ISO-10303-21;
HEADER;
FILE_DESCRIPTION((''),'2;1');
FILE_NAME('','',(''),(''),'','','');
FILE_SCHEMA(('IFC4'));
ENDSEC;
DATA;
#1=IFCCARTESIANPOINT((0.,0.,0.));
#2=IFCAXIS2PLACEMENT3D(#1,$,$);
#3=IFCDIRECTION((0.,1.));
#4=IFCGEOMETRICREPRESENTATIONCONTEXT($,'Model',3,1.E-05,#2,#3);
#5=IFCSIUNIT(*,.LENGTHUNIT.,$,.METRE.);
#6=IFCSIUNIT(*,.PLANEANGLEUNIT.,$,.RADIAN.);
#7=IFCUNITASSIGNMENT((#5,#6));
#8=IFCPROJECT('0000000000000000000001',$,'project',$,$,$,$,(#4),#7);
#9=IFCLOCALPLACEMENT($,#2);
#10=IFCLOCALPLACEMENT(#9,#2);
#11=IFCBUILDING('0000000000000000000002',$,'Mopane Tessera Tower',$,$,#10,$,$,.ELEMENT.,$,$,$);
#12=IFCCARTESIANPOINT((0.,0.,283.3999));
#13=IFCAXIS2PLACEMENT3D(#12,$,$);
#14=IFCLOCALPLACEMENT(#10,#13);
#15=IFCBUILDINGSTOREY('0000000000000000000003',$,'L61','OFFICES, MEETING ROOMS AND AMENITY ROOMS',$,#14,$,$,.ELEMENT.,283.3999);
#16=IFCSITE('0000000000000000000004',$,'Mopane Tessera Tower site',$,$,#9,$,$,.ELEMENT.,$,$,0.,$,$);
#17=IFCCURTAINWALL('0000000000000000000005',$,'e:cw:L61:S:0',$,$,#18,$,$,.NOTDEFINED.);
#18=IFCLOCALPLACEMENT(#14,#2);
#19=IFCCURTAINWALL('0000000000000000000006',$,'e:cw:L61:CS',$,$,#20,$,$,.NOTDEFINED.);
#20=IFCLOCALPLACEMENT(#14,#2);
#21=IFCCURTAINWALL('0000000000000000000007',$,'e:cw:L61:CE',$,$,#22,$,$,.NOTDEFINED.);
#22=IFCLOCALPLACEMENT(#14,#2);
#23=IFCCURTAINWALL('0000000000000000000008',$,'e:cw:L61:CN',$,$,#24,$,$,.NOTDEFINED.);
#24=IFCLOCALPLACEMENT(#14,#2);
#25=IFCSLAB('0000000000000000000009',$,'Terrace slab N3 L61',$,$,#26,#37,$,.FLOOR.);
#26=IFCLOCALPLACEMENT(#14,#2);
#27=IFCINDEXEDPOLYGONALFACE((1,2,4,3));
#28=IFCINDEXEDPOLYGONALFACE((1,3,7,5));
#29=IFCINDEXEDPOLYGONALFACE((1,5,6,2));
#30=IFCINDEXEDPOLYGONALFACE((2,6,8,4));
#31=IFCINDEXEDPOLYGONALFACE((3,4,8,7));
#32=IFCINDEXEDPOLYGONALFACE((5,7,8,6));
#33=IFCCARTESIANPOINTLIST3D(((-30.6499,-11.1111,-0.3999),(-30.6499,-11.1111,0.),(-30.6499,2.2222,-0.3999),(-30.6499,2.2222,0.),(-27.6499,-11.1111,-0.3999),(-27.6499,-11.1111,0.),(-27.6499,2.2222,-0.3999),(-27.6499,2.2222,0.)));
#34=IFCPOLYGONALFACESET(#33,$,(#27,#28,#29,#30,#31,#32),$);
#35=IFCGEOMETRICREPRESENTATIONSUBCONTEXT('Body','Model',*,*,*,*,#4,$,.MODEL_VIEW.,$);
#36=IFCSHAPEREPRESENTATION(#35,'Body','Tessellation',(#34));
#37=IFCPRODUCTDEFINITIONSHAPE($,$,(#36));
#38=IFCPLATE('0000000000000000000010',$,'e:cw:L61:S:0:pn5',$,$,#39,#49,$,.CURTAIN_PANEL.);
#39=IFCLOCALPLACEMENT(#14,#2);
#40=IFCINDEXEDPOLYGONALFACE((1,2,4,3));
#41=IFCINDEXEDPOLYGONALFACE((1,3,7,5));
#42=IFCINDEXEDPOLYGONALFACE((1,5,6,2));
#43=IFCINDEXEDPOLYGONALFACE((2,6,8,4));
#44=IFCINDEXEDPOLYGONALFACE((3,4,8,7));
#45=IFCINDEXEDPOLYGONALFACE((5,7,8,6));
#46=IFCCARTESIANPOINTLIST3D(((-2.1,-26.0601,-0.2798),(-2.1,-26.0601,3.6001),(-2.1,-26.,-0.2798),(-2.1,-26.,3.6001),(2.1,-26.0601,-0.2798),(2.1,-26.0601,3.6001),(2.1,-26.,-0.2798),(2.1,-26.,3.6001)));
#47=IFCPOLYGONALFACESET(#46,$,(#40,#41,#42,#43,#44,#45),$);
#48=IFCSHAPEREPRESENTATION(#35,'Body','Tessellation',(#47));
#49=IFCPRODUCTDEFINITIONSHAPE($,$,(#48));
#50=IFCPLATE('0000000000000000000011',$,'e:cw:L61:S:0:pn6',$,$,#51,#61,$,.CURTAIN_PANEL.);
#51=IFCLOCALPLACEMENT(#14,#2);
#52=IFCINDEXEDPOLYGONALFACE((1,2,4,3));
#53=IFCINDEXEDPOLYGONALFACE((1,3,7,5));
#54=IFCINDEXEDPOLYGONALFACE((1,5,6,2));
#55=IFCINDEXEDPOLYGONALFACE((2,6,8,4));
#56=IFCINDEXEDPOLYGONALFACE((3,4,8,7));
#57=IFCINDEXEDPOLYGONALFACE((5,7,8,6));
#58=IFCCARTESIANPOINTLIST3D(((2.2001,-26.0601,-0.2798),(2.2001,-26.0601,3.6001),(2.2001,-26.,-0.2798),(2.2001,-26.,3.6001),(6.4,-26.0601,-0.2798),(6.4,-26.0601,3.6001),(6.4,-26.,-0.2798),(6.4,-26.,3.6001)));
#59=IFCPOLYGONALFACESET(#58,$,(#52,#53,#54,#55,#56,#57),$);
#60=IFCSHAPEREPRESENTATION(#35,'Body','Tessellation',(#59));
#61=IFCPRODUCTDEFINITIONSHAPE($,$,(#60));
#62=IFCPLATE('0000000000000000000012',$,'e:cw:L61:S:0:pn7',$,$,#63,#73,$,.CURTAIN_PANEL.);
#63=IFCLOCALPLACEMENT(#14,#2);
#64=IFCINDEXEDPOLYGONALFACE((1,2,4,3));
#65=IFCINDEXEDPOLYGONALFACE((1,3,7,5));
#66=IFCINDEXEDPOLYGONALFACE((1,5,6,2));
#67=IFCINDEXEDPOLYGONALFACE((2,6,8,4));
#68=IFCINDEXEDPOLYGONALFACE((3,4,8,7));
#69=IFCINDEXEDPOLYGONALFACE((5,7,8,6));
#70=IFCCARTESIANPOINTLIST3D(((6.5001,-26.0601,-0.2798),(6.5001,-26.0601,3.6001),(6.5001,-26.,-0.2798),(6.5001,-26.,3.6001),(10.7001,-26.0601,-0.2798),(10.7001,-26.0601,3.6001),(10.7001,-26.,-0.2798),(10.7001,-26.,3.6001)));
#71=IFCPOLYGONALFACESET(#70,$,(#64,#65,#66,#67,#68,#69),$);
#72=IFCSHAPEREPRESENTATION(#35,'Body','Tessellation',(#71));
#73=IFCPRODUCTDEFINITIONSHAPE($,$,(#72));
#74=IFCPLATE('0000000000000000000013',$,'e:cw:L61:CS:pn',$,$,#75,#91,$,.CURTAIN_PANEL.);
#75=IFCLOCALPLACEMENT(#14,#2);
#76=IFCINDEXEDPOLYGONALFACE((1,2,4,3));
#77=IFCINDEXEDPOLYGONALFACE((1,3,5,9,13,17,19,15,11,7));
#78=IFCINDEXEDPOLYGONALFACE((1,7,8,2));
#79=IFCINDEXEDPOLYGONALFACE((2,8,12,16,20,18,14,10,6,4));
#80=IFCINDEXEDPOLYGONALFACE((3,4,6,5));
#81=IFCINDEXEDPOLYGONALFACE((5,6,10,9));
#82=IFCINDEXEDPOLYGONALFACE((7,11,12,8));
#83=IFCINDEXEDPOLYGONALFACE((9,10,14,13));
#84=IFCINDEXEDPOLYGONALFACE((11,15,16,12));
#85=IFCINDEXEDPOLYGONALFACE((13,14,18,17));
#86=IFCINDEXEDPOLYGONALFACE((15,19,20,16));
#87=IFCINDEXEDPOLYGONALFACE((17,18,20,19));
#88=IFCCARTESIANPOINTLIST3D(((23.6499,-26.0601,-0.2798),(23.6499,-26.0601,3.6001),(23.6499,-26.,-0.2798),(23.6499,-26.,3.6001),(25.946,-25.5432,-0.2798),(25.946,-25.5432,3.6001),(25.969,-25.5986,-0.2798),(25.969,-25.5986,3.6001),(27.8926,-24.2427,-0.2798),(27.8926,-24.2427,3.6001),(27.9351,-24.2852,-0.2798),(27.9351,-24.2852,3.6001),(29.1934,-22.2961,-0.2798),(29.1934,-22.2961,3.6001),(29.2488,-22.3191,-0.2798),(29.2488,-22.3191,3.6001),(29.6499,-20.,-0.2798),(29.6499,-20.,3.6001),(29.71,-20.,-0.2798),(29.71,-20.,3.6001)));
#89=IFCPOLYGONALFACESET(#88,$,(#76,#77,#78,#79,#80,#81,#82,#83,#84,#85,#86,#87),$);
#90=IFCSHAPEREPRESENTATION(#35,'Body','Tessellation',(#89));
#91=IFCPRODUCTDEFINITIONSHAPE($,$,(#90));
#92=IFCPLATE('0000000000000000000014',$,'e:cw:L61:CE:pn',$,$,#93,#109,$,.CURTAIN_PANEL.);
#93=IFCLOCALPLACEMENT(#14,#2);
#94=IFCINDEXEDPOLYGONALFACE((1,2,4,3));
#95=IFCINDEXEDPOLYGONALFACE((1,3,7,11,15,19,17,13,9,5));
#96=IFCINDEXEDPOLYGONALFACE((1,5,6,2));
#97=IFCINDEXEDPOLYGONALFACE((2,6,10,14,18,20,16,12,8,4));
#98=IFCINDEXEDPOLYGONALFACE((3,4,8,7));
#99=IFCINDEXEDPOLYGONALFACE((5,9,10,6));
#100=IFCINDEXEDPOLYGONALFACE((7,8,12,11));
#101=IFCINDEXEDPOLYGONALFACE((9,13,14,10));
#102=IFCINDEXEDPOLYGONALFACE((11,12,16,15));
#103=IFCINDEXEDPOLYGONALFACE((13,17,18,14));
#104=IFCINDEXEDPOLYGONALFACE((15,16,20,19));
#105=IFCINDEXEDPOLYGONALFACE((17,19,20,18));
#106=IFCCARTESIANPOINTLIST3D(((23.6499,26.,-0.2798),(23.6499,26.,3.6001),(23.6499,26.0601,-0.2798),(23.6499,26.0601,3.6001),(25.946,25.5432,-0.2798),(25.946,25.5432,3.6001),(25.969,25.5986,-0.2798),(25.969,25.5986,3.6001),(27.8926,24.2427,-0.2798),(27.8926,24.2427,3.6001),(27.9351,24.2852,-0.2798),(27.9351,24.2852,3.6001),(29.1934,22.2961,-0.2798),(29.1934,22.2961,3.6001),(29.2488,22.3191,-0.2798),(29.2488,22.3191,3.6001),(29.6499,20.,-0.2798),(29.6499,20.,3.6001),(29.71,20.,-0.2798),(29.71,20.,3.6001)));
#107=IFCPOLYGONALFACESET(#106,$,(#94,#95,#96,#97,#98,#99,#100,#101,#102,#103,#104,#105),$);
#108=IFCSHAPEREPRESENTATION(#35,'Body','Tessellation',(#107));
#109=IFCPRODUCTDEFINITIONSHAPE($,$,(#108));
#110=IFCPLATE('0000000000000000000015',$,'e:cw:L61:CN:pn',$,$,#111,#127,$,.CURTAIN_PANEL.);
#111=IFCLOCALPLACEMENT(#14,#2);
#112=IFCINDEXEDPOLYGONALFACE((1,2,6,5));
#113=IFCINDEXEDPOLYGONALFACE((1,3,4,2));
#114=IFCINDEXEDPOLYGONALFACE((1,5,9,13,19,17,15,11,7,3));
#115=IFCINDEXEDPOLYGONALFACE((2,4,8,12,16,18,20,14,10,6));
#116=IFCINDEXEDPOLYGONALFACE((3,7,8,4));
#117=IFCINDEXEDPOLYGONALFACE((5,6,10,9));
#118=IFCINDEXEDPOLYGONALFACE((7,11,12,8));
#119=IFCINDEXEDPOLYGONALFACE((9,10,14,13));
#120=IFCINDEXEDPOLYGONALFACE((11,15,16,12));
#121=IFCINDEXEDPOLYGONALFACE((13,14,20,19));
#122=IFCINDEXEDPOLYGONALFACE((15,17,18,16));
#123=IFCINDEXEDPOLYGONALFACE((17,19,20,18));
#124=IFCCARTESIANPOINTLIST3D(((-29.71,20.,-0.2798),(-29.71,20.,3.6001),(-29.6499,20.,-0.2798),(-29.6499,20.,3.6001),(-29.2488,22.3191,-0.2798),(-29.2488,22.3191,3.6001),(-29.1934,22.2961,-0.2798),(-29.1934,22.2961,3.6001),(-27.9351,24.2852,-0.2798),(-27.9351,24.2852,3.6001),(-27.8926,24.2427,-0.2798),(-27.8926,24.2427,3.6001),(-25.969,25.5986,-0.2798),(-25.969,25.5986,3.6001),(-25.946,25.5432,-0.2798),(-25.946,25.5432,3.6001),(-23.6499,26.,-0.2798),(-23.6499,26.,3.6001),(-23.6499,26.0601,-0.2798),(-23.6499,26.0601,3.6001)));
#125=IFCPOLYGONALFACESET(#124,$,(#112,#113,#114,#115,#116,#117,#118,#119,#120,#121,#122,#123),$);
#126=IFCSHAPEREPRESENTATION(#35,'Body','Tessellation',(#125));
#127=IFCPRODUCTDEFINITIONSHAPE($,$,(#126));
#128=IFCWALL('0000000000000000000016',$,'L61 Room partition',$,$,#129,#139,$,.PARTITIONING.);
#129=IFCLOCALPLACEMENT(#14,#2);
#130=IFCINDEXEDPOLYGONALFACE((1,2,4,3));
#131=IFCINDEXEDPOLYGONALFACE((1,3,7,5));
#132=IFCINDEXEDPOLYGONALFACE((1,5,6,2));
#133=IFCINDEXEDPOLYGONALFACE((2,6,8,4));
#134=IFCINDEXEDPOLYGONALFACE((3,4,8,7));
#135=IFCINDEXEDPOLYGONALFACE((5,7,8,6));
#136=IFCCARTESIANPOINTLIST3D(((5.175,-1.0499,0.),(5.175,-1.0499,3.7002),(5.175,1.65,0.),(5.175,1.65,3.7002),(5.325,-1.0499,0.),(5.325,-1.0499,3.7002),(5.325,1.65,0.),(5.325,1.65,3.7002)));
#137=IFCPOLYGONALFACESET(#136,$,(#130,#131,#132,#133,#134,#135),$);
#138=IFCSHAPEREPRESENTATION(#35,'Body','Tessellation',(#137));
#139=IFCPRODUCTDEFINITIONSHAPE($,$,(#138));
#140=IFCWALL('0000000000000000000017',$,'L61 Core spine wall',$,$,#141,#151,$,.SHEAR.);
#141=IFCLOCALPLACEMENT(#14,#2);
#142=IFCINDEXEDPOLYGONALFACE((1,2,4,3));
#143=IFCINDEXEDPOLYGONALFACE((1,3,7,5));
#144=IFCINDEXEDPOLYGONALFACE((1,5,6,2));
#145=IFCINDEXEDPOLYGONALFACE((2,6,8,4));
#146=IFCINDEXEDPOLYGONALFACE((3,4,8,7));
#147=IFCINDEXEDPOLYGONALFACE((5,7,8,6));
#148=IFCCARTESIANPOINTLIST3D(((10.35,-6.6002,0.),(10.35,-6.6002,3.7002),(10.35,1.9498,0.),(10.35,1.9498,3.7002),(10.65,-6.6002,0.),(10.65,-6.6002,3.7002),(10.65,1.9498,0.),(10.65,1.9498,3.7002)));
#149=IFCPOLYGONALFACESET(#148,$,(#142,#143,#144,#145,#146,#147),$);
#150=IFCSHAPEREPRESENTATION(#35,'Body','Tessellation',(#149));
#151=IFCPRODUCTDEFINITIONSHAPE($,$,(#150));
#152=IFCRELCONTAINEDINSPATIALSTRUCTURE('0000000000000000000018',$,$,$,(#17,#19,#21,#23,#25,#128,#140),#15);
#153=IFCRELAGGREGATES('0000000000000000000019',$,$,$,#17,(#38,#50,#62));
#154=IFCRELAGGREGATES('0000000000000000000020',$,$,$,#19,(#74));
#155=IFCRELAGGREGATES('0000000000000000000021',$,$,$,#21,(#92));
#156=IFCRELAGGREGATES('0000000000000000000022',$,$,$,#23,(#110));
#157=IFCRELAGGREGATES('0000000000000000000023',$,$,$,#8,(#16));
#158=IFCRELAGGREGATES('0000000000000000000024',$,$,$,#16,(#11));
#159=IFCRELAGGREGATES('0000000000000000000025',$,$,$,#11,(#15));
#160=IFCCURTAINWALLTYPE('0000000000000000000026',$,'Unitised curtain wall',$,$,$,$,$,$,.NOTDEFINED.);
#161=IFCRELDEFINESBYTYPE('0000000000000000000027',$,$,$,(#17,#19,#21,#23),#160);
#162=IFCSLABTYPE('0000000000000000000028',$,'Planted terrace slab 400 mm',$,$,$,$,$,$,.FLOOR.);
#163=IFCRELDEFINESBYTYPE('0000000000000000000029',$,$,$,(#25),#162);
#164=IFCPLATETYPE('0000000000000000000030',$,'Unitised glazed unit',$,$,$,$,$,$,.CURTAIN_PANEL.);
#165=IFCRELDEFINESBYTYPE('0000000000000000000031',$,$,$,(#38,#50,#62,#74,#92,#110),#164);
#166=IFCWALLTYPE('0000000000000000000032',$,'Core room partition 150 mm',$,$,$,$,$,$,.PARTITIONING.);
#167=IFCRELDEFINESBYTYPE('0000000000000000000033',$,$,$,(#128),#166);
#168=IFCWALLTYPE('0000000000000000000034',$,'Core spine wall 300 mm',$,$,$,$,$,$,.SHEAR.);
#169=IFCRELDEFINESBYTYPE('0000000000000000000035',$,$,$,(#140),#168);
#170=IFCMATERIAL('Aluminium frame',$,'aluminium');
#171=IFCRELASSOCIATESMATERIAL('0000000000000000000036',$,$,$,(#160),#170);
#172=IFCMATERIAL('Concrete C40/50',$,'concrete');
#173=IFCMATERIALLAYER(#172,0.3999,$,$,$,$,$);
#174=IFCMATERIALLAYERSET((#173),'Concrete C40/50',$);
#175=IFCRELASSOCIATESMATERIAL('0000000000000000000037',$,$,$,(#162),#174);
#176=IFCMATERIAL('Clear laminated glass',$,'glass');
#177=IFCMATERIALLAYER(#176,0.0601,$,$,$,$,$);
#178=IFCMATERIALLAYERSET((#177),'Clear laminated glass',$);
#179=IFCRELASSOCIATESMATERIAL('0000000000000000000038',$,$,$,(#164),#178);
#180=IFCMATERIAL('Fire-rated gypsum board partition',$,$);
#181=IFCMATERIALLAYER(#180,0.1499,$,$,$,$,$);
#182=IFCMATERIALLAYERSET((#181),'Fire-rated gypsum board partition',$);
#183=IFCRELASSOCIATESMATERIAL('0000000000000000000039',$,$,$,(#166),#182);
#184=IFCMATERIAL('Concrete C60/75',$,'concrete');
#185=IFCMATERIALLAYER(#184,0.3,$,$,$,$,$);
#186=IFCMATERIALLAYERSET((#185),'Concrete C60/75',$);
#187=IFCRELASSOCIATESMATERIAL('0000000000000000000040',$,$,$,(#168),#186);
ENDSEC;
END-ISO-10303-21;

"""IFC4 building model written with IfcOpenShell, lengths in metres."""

from ifc_helpers import new_model, si_unit, direction, frame, frame_2d, origin, origin_2d, place, context, subcontext, project, spatial, polyline, rectangle, outline, extrude, material, layer, layer_set, type_object, element, aggregate, save


model = new_model("IFC4")

# Units and contexts
model_context = context("Model", 3, precision=1e-05, world=origin(), true_north=direction((0.0, 1.0)))
body_context = subcontext(model_context, "Body", "Model", "MODEL_VIEW")
ifc_project = project(units=[si_unit("LENGTHUNIT", "METRE"), si_unit("PLANEANGLEUNIT", "RADIAN")], contexts=[model_context])

# Site, building, storey
site_placement = place(None, origin())
site = spatial("IfcSite", under=ifc_project, at=site_placement, Name="Mopane Tessera Tower site", CompositionType="ELEMENT", RefElevation=0.0)
building_placement = place(site_placement, origin())
building = spatial("IfcBuilding", under=site, at=building_placement, Name="Mopane Tessera Tower", CompositionType="ELEMENT")
storey_placement = place(building_placement, frame((0.0, 0.0, 283.3999)))
storey = spatial("IfcBuildingStorey", under=building, at=storey_placement, Name="L61", Description="OFFICES, MEETING ROOMS AND AMENITY ROOMS", CompositionType="ELEMENT", Elevation=283.3999)

# Curtain wall
ifc_material_1 = material(Name="Aluminium frame", Category="aluminium")
curtain_wall_type = type_object("IfcCurtainWallType", Name="Unitised curtain wall", PredefinedType="NOTDEFINED", material=ifc_material_1)
curtain_wall_1_placement = place(storey_placement, origin())
curtain_wall_1 = element("IfcCurtainWall", 1, at=curtain_wall_1_placement, inside=storey, type_object=curtain_wall_type, Name="e:cw:L61:S:0", PredefinedType="NOTDEFINED")

# Curtain walls
curtain_wall_2_placement = place(storey_placement, origin())
curtain_wall_2 = element("IfcCurtainWall", 2, at=curtain_wall_2_placement, inside=storey, type_object=curtain_wall_type, Name="e:cw:L61:CS", PredefinedType="NOTDEFINED")
curtain_wall_3_placement = place(storey_placement, origin())
curtain_wall_3 = element("IfcCurtainWall", 3, at=curtain_wall_3_placement, inside=storey, type_object=curtain_wall_type, Name="e:cw:L61:CE", PredefinedType="NOTDEFINED")
curtain_wall_4_placement = place(storey_placement, origin())
curtain_wall_4 = element("IfcCurtainWall", 4, at=curtain_wall_4_placement, inside=storey, type_object=curtain_wall_type, Name="e:cw:L61:CN", PredefinedType="NOTDEFINED")

# Slab
ifc_material_2 = material(Name="Concrete C40/50", Category="concrete")
ifc_layer_1 = layer(ifc_material_2, 0.3999)
ifc_layer_set_1 = layer_set([ifc_layer_1], Name="Concrete C40/50")
slab_type = type_object("IfcSlabType", Name="Planted terrace slab 400 mm", PredefinedType="FLOOR", material=ifc_layer_set_1)
slab_placement = place(storey_placement, frame((0.0, 0.0, -0.3999)))
element("IfcSlab", 5, at=slab_placement, inside=storey, type_object=slab_type, Name="Terrace slab N3 L61", PredefinedType="FLOOR", context=body_context, shape_type="SweptSolid", body=[
    extrude(outline(polyline([(-30.6499, -11.1111), (-27.6499, -11.1111), (-27.6499, 2.2222), (-30.6499, 2.2222), (-30.6499, -11.1111)])), origin(), (0.0, 0.0, 1.0), 0.3999),
])

# Plates
ifc_material_3 = material(Name="Clear laminated glass", Category="glass")
ifc_layer_2 = layer(ifc_material_3, 0.0601)
ifc_layer_set_2 = layer_set([ifc_layer_2], Name="Clear laminated glass")
plate_type = type_object("IfcPlateType", Name="Unitised glazed unit", PredefinedType="CURTAIN_PANEL", material=ifc_layer_set_2)
plate_1_placement = place(storey_placement, frame((0.0, -26.03, -0.2798), z_axis=(0.0, 0.0, 1.0), x_axis=(1.0, 0.0, 0.0)))
plate_1 = element("IfcPlate", 6, at=plate_1_placement, type_object=plate_type, Name="e:cw:L61:S:0:pn5", PredefinedType="CURTAIN_PANEL", context=body_context, shape_type="SweptSolid", body=[
    extrude(rectangle(XDim=4.2, YDim=0.0601, at=origin_2d()), origin(), (0.0, 0.0, 1.0), 3.8799),
])
plate_2_placement = place(storey_placement, frame((4.3, -26.03, -0.2798), z_axis=(0.0, 0.0, 1.0), x_axis=(1.0, 0.0, 0.0)))
plate_2 = element("IfcPlate", 7, at=plate_2_placement, type_object=plate_type, Name="e:cw:L61:S:0:pn6", PredefinedType="CURTAIN_PANEL", context=body_context, shape_type="SweptSolid", body=[
    extrude(rectangle(XDim=4.2, YDim=0.0601, at=origin_2d()), origin(), (0.0, 0.0, 1.0), 3.8799),
])
plate_3_placement = place(storey_placement, frame((8.6001, -26.03, -0.2798), z_axis=(0.0, 0.0, 1.0), x_axis=(1.0, 0.0, 0.0)))
plate_3 = element("IfcPlate", 8, at=plate_3_placement, type_object=plate_type, Name="e:cw:L61:S:0:pn7", PredefinedType="CURTAIN_PANEL", context=body_context, shape_type="SweptSolid", body=[
    extrude(rectangle(XDim=4.2, YDim=0.0601, at=origin_2d()), origin(), (0.0, 0.0, 1.0), 3.8799),
])
aggregate(curtain_wall_1, [plate_1, plate_2, plate_3])
plate_4_placement = place(storey_placement, frame((0.0, 0.0, -0.2798)))
plate_4 = element("IfcPlate", 9, at=plate_4_placement, type_object=plate_type, Name="e:cw:L61:CS:pn", PredefinedType="CURTAIN_PANEL", context=body_context, shape_type="SweptSolid", body=[
    extrude(outline(polyline([(23.6499, -26.0), (25.946, -25.5432), (27.8926, -24.2427), (29.1934, -22.2961), (29.6499, -20.0), (29.71, -20.0), (29.2488, -22.3191), (27.9351, -24.2852), (25.969, -25.5986), (23.6499, -26.0601), (23.6499, -26.0)])), origin(), (0.0, 0.0, 1.0), 3.8799),
])
aggregate(curtain_wall_2, [plate_4])
plate_5_placement = place(storey_placement, frame((0.0, 0.0, -0.2798)))
plate_5 = element("IfcPlate", 10, at=plate_5_placement, type_object=plate_type, Name="e:cw:L61:CE:pn", PredefinedType="CURTAIN_PANEL", context=body_context, shape_type="SweptSolid", body=[
    extrude(outline(polyline([(29.6499, 20.0), (29.1934, 22.2961), (27.8926, 24.2427), (25.946, 25.5432), (23.6499, 26.0), (23.6499, 26.0601), (25.969, 25.5986), (27.9351, 24.2852), (29.2488, 22.3191), (29.71, 20.0), (29.6499, 20.0)])), origin(), (0.0, 0.0, 1.0), 3.8799),
])
aggregate(curtain_wall_3, [plate_5])
plate_6_placement = place(storey_placement, frame((0.0, 0.0, -0.2798)))
plate_6 = element("IfcPlate", 11, at=plate_6_placement, type_object=plate_type, Name="e:cw:L61:CN:pn", PredefinedType="CURTAIN_PANEL", context=body_context, shape_type="SweptSolid", body=[
    extrude(outline(polyline([(-23.6499, 26.0), (-25.946, 25.5432), (-27.8926, 24.2427), (-29.1934, 22.2961), (-29.6499, 20.0), (-29.71, 20.0), (-29.2488, 22.3191), (-27.9351, 24.2852), (-25.969, 25.5986), (-23.6499, 26.0601), (-23.6499, 26.0)])), origin(), (0.0, 0.0, 1.0), 3.8799),
])
aggregate(curtain_wall_4, [plate_6])

# Walls
ifc_material_4 = material(Name="Fire-rated gypsum board partition")
ifc_layer_3 = layer(ifc_material_4, 0.1499)
ifc_layer_set_3 = layer_set([ifc_layer_3], Name="Fire-rated gypsum board partition")
wall_type_1 = type_object("IfcWallType", Name="Core room partition 150 mm", PredefinedType="PARTITIONING", material=ifc_layer_set_3)
wall_1_placement = place(storey_placement, frame((5.25, -1.05, 0.0), z_axis=(0.0, 0.0, 1.0), x_axis=(0.0, 1.0, 0.0)))
element("IfcWall", 12, at=wall_1_placement, inside=storey, type_object=wall_type_1, Name="L61 Room partition", PredefinedType="PARTITIONING", context=body_context, shape_type="SweptSolid", body=[
    extrude(rectangle(XDim=2.7, YDim=0.1499, at=frame_2d((1.3501, 0.0))), origin(), (0.0, 0.0, 1.0), 3.7002),
])
ifc_material_5 = material(Name="Concrete C60/75", Category="concrete")
ifc_layer_4 = layer(ifc_material_5, 0.3)
ifc_layer_set_4 = layer_set([ifc_layer_4], Name="Concrete C60/75")
wall_type_2 = type_object("IfcWallType", Name="Core spine wall 300 mm", PredefinedType="SHEAR", material=ifc_layer_set_4)
wall_2_placement = place(storey_placement, frame((10.5, -6.6001, 0.0), z_axis=(0.0, 0.0, 1.0), x_axis=(0.0, 1.0, 0.0)))
element("IfcWall", 13, at=wall_2_placement, inside=storey, type_object=wall_type_2, Name="L61 Core spine wall", PredefinedType="SHEAR", context=body_context, shape_type="SweptSolid", body=[
    extrude(rectangle(XDim=8.55, YDim=0.3, at=frame_2d((4.2749, 0.0))), origin(), (0.0, 0.0, 1.0), 3.7002),
])

save(model, "model.ifc")
